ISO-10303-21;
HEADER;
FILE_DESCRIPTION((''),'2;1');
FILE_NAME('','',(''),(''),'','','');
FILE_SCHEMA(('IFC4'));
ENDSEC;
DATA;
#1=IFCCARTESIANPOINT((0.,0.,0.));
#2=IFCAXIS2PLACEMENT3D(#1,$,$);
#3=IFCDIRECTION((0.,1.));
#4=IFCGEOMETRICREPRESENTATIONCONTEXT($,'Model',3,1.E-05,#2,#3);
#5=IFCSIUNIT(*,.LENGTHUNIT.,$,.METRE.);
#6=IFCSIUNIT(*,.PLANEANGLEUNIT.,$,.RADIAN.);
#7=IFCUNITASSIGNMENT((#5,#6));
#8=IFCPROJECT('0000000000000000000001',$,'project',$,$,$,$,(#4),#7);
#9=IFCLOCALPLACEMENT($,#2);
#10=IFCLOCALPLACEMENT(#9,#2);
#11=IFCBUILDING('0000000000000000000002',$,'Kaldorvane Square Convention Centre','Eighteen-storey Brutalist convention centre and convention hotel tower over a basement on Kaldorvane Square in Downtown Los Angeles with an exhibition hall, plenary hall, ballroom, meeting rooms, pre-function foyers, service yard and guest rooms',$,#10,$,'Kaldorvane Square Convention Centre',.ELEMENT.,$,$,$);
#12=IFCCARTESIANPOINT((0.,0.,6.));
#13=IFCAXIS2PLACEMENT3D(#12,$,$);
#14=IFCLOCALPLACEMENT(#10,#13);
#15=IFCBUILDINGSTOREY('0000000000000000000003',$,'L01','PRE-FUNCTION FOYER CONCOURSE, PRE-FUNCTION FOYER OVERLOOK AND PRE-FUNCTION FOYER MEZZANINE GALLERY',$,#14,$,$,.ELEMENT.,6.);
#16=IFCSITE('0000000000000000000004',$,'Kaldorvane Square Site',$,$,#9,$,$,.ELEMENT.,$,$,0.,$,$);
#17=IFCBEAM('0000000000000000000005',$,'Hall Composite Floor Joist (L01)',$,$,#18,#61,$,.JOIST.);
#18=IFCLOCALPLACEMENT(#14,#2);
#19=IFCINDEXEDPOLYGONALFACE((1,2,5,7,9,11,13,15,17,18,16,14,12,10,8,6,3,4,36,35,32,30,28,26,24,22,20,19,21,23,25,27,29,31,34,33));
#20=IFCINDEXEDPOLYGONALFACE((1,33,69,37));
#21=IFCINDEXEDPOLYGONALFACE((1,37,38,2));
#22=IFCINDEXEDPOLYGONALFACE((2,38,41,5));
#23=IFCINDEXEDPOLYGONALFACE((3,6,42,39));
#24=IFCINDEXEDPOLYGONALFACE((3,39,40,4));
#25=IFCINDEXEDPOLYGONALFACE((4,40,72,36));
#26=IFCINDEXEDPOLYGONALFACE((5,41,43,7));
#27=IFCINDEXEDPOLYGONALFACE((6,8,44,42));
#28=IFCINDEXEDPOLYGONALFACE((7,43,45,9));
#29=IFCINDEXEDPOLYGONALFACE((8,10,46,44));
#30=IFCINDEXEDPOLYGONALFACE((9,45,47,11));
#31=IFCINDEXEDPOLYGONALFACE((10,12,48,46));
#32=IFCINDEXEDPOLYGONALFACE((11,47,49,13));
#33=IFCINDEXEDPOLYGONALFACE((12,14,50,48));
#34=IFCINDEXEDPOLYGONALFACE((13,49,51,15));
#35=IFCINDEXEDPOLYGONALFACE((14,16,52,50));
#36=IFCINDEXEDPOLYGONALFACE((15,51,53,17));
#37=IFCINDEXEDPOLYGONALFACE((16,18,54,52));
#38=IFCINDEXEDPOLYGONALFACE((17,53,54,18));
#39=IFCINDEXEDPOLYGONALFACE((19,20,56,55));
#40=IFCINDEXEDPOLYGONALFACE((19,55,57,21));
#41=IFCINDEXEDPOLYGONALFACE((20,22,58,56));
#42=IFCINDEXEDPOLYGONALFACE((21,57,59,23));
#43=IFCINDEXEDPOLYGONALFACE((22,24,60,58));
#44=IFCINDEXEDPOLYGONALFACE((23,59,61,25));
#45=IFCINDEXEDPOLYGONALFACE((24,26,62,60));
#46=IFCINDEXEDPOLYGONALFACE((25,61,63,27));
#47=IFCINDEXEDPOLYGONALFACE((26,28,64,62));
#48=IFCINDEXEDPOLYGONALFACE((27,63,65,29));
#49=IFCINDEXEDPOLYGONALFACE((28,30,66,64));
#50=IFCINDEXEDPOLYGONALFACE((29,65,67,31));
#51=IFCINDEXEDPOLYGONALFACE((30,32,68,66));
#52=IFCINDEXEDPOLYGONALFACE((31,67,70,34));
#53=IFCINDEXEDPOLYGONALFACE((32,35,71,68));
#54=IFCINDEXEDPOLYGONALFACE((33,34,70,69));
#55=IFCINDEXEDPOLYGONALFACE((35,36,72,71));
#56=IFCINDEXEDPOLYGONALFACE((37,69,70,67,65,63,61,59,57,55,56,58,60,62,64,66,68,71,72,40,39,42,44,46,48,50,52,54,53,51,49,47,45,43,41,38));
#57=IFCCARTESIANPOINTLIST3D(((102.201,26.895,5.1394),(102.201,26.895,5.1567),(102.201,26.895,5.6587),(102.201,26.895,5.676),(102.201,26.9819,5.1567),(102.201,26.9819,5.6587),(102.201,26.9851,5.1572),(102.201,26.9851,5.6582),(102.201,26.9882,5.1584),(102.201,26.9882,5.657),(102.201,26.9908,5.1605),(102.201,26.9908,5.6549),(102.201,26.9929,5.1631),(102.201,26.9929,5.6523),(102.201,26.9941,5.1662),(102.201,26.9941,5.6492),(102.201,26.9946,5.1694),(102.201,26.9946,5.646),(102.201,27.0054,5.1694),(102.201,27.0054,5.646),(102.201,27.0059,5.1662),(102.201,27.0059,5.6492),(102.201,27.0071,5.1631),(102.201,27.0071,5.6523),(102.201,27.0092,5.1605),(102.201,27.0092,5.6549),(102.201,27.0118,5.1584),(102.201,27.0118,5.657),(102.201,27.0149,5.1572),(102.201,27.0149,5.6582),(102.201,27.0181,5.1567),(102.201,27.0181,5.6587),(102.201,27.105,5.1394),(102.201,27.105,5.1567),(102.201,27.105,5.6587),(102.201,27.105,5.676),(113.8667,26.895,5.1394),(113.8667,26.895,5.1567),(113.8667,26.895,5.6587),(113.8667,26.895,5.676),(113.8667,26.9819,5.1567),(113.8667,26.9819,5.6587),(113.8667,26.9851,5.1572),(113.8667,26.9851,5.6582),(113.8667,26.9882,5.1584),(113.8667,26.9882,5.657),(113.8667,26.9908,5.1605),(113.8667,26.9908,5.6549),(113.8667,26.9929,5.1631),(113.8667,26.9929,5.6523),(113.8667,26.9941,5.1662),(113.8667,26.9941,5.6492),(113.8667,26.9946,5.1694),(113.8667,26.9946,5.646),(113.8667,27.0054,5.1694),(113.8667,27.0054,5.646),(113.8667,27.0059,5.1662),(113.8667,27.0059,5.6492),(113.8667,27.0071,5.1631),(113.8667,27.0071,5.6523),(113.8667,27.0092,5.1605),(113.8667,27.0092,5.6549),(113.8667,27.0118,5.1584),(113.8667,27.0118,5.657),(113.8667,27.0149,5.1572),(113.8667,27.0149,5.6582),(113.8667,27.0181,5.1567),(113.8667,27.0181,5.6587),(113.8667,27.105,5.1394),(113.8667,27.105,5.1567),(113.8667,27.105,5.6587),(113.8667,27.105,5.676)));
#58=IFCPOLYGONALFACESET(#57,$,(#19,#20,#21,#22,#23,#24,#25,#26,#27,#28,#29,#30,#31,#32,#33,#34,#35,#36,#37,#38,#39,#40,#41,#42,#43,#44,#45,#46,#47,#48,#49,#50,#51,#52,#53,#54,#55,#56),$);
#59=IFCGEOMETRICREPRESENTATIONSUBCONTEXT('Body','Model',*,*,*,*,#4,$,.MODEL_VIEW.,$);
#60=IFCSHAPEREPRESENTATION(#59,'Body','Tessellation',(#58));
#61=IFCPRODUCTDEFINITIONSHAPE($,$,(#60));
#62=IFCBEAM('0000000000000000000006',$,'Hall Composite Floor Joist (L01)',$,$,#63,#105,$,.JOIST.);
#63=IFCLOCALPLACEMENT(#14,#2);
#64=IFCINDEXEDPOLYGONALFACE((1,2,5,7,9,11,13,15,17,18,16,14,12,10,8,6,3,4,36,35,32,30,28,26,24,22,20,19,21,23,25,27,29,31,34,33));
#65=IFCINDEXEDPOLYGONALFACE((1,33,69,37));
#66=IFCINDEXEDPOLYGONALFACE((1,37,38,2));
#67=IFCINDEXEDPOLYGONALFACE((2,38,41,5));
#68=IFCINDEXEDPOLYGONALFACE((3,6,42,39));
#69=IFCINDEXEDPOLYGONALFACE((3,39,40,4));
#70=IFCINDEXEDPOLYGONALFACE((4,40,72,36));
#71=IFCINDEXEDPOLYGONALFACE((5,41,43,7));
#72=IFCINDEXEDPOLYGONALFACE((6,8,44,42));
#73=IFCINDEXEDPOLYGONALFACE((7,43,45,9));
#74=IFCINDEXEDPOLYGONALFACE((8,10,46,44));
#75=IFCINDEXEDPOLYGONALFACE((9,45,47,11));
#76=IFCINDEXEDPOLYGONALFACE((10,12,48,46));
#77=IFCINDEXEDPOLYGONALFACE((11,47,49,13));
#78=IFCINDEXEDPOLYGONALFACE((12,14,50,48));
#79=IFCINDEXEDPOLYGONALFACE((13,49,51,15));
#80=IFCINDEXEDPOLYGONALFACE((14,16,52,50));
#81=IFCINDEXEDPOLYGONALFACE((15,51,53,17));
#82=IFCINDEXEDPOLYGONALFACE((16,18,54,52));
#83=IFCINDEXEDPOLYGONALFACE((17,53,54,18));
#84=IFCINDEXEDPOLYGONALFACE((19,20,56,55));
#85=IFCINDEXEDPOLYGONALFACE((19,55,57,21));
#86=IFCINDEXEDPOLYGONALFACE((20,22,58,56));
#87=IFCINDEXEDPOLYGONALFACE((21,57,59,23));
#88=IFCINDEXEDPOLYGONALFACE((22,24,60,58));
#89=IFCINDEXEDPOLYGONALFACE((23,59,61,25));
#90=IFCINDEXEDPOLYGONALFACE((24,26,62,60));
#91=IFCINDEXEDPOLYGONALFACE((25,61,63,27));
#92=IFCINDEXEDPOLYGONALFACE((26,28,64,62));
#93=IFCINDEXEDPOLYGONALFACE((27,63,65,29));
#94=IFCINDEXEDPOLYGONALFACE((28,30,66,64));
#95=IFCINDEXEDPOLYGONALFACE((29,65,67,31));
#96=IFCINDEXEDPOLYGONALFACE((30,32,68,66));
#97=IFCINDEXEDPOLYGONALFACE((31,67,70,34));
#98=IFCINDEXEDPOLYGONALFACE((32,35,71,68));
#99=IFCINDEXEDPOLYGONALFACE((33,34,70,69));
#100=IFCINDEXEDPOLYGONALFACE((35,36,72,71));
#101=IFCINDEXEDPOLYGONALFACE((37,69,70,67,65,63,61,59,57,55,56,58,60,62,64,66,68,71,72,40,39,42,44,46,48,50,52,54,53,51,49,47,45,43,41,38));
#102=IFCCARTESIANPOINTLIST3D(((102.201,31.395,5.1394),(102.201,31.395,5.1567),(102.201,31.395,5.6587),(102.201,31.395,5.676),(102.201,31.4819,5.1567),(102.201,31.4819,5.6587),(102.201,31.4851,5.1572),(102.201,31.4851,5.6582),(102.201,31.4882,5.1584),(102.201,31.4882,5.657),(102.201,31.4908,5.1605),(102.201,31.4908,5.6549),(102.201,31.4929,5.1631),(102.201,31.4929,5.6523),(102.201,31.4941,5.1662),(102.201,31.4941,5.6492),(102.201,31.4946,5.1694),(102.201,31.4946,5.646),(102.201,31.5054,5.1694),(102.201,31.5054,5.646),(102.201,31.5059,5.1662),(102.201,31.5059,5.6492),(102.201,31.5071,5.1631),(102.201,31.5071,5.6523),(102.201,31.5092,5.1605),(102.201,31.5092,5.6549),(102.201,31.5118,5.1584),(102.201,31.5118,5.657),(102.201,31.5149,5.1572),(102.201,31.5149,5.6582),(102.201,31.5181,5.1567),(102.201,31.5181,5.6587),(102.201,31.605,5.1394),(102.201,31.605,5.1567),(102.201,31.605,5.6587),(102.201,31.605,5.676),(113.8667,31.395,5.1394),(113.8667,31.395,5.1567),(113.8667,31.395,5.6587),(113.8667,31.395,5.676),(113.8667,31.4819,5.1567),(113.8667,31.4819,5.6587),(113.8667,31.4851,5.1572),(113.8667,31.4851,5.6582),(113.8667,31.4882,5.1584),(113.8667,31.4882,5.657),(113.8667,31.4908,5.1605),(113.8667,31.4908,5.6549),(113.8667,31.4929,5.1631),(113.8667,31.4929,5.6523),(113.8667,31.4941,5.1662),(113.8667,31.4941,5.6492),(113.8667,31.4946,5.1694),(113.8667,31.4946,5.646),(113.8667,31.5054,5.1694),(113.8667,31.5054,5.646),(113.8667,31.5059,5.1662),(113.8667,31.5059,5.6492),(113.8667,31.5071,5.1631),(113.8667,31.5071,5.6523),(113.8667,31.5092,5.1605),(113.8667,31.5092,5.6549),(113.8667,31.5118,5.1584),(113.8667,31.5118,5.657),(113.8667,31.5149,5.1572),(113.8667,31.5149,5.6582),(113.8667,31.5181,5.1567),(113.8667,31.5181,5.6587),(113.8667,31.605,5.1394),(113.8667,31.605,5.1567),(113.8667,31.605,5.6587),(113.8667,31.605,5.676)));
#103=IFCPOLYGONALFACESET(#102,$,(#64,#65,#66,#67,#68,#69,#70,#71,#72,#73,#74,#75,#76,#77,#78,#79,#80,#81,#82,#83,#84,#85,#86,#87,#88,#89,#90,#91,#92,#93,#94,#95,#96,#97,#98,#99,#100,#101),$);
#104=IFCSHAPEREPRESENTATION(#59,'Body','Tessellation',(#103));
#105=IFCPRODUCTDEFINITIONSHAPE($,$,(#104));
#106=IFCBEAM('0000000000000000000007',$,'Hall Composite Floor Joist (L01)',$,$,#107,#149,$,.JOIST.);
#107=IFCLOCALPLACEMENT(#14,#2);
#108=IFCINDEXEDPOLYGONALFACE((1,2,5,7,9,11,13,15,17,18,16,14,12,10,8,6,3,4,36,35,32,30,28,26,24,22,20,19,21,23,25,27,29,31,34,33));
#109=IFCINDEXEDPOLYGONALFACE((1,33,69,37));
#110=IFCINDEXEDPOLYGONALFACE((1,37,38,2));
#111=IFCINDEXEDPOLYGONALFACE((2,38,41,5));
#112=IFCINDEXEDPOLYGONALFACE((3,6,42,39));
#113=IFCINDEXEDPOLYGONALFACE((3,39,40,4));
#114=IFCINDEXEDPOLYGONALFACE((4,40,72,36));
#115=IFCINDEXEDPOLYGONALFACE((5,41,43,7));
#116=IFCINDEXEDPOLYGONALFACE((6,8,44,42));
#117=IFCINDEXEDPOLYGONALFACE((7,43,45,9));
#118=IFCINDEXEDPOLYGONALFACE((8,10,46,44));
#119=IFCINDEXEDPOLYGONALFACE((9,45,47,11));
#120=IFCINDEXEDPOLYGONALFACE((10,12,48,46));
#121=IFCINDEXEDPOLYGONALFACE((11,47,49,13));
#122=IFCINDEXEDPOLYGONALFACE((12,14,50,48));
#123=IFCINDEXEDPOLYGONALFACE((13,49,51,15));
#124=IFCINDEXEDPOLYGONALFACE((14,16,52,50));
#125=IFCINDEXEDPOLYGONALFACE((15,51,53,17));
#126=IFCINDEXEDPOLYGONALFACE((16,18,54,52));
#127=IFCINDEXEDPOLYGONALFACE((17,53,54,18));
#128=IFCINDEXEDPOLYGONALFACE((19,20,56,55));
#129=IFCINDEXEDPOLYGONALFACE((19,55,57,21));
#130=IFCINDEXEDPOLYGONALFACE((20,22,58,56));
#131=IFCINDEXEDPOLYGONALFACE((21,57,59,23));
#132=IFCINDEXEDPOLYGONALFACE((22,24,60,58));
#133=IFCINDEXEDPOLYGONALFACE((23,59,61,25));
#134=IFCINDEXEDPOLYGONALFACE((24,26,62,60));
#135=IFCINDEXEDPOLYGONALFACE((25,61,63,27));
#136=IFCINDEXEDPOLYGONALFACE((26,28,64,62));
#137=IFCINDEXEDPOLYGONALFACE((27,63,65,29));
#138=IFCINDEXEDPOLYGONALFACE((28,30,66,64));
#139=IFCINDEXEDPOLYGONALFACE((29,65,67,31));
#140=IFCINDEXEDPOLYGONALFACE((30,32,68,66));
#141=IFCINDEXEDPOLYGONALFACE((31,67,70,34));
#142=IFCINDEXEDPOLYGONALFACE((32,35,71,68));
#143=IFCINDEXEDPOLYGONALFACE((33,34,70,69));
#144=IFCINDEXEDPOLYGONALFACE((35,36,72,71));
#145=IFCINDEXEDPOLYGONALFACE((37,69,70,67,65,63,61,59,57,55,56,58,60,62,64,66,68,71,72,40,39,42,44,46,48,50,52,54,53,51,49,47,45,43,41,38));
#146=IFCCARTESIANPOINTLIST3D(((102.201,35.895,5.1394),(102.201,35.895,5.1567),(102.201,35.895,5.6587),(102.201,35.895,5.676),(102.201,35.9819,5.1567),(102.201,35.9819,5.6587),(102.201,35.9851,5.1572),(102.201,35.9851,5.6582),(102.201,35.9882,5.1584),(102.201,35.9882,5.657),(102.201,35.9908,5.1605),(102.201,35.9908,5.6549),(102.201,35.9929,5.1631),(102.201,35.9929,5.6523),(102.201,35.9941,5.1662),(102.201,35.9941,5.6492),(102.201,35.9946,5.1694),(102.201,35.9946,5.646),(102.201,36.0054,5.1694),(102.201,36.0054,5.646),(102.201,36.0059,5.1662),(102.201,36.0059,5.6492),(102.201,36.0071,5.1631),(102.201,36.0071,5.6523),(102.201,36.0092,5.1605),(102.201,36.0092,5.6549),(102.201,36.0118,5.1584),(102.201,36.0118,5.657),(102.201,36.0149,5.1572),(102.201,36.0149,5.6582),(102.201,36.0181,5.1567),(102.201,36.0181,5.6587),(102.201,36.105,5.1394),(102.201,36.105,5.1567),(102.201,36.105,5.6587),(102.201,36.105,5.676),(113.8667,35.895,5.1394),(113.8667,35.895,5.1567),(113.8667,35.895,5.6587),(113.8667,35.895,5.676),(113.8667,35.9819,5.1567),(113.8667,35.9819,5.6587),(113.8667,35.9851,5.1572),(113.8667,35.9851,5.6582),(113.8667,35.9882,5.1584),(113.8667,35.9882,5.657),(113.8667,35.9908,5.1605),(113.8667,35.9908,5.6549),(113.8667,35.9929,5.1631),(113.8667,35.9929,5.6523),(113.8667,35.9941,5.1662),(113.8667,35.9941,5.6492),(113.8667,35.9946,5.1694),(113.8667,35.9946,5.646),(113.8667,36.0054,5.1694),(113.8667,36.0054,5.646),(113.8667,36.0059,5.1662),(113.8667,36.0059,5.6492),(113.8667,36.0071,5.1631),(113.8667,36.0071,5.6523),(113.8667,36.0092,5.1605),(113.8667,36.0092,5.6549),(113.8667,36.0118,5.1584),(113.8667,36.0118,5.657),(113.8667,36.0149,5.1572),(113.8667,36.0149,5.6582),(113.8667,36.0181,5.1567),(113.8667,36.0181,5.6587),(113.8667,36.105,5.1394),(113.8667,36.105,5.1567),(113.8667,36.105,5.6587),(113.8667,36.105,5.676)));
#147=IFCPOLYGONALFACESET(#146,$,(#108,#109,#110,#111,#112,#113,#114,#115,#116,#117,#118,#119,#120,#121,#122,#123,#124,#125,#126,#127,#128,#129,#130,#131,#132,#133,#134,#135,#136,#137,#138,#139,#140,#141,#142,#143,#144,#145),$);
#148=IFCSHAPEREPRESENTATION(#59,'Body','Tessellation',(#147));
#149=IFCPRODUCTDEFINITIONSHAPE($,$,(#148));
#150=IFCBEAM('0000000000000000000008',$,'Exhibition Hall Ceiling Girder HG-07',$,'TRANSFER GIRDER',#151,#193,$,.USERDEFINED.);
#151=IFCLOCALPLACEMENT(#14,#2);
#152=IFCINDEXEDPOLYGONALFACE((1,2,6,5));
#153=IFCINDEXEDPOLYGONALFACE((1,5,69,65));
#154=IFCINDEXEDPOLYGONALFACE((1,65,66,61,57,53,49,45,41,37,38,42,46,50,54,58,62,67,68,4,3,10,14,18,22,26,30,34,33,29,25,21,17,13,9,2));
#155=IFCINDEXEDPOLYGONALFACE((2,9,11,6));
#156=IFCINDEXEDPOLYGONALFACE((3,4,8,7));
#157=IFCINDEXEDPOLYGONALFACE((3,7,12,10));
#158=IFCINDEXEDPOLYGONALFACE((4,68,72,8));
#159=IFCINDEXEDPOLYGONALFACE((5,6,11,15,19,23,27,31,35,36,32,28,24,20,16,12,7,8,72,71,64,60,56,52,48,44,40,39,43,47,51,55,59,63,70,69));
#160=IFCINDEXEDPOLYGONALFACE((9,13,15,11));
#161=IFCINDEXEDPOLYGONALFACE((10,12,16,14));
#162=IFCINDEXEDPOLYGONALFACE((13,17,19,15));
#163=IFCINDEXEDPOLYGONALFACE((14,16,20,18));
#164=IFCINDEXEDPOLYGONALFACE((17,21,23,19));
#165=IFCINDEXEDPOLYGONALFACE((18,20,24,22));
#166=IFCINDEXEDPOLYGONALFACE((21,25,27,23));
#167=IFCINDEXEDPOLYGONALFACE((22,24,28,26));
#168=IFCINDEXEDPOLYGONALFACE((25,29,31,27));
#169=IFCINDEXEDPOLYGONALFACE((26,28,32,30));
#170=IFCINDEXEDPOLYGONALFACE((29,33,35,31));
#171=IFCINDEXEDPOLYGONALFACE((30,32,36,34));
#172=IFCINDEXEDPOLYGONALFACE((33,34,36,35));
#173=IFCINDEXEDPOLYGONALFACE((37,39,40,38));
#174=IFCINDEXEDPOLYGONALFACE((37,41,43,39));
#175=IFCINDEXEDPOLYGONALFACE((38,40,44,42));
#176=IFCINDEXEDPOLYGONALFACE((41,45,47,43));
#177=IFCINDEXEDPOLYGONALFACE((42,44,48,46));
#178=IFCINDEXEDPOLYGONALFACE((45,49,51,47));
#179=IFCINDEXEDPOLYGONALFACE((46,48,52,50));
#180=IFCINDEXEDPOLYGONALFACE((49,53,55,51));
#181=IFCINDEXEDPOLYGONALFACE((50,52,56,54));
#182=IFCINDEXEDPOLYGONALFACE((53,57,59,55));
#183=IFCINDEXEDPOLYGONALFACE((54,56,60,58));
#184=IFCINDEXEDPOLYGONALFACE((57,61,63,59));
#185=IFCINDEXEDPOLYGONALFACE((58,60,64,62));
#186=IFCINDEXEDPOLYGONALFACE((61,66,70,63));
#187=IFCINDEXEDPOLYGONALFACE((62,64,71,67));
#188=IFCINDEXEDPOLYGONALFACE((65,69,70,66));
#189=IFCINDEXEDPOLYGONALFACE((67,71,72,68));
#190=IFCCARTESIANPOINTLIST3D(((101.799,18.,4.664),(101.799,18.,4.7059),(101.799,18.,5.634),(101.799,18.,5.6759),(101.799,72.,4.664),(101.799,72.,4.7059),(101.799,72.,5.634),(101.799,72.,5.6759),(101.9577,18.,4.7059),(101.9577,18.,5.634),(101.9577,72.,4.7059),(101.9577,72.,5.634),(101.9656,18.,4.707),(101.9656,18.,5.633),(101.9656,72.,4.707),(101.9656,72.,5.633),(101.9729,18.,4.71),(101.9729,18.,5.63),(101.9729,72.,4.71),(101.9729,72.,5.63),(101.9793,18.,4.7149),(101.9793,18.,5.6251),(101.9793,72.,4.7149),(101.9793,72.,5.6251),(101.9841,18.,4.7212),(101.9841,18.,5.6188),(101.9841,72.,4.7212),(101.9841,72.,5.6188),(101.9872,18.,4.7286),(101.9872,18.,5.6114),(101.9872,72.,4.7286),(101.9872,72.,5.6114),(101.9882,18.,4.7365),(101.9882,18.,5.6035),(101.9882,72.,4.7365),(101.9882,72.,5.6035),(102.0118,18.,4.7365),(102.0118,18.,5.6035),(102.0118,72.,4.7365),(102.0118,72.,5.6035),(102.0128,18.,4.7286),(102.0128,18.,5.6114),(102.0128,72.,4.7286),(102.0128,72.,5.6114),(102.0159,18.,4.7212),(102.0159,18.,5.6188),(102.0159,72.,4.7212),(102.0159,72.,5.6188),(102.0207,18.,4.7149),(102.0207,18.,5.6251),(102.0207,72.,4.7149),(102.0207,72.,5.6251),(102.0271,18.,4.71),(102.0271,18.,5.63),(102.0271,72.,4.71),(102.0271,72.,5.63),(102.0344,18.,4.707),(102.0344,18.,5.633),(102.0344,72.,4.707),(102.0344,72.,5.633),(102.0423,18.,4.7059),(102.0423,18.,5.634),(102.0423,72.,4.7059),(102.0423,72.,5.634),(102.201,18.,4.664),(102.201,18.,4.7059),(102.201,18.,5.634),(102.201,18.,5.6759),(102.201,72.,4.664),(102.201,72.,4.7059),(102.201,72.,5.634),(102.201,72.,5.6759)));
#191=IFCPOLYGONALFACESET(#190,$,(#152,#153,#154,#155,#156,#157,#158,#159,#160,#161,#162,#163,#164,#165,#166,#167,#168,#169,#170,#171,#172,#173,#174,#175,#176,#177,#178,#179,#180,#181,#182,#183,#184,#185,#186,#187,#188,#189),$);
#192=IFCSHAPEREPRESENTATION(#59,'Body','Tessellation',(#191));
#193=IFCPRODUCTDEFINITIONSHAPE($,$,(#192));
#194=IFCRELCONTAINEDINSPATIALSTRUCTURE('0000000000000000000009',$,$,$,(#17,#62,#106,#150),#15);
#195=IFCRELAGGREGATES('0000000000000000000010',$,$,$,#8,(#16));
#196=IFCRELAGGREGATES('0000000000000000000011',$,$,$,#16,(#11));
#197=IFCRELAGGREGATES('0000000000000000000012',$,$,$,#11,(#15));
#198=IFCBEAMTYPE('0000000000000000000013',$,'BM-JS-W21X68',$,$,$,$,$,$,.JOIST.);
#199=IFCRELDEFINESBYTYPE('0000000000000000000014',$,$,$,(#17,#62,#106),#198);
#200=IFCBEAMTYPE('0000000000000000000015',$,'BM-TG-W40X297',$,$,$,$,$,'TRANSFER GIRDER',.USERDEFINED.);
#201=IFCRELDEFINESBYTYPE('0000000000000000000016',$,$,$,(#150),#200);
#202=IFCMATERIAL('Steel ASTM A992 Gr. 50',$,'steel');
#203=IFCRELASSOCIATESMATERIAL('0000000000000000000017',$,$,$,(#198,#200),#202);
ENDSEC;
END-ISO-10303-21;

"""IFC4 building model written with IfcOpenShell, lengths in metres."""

from ifc_helpers import new_model, si_unit, direction, frame, origin, origin_2d, place, context, subcontext, project, spatial, i_section, extrude, material, material_profile, profile_set, type_object, element, save


model = new_model("IFC4")

# Units and contexts
model_context = context("Model", 3, precision=1e-05, world=origin(), true_north=direction((0.0, 1.0)))
body_context = subcontext(model_context, "Body", "Model", "MODEL_VIEW")
ifc_project = project(units=[si_unit("LENGTHUNIT", "METRE"), si_unit("PLANEANGLEUNIT", "RADIAN")], contexts=[model_context])

# Site, building, storey
site_placement = place(None, origin())
site = spatial("IfcSite", under=ifc_project, at=site_placement, Name="Kaldorvane Square Site", CompositionType="ELEMENT", RefElevation=0.0)
building_placement = place(site_placement, origin())
building = spatial("IfcBuilding", under=site, at=building_placement, Name="Kaldorvane Square Convention Centre", Description="Eighteen-storey Brutalist convention centre and convention hotel tower over a basement on Kaldorvane Square in Downtown Los Angeles with an exhibition hall, plenary hall, ballroom, meeting rooms, pre-function foyers, service yard and guest rooms", LongName="Kaldorvane Square Convention Centre", CompositionType="ELEMENT")
storey_placement = place(building_placement, frame((0.0, 0.0, 6.0)))
storey = spatial("IfcBuildingStorey", under=building, at=storey_placement, Name="L01", Description="PRE-FUNCTION FOYER CONCOURSE, PRE-FUNCTION FOYER OVERLOOK AND PRE-FUNCTION FOYER MEZZANINE GALLERY", CompositionType="ELEMENT", Elevation=6.0)

# Shared definitions
ifc_material_1 = material(Name="Steel ASTM A992 Gr. 50", Category="steel")

# Beams
ifc_material_profile_1 = material_profile(ifc_material_1, i_section(OverallWidth=0.2101, OverallDepth=0.5367, WebThickness=0.0109, FlangeThickness=0.0174, FilletRadius=0.0127, at=origin_2d()), Name="W21X68")
ifc_profile_set_1 = profile_set([ifc_material_profile_1], Name="Steel ASTM A992 Gr. 50")
beam_type_1 = type_object("IfcBeamType", Name="BM-JS-W21X68", PredefinedType="JOIST", material=ifc_profile_set_1)
for number, where, z_axis, x_axis, name in (
    (1, (102.201, 27.0, 5.4077), (1.0, 0.0, 0.0), (0.0, 1.0, 0.0), "Hall Composite Floor Joist (L01)"),
    (2, (102.201, 31.5, 5.4077), (1.0, 0.0, 0.0), (0.0, 1.0, 0.0), "Hall Composite Floor Joist (L01)"),
    (3, (102.201, 36.0, 5.4077), (1.0, 0.0, 0.0), (0.0, 1.0, 0.0), "Hall Composite Floor Joist (L01)"),
):
    element("IfcBeam", number, at=place(storey_placement, frame(where, z_axis=z_axis, x_axis=x_axis)), inside=storey, type_object=beam_type_1, Name=name, PredefinedType="JOIST", context=body_context, shape_type="SweptSolid", body=[
        extrude(i_section(OverallWidth=0.2101, OverallDepth=0.5367, WebThickness=0.0109, FlangeThickness=0.0174, FilletRadius=0.0127, at=origin_2d()), origin(), (0.0, 0.0, 1.0), 11.6657),
    ])
ifc_material_profile_2 = material_profile(ifc_material_1, i_section(OverallWidth=0.4019, OverallDepth=1.0119, WebThickness=0.0236, FlangeThickness=0.0419, FilletRadius=0.0305, at=origin_2d()), Name="W40X297")
ifc_profile_set_2 = profile_set([ifc_material_profile_2], Name="Steel ASTM A992 Gr. 50")
beam_type_2 = type_object("IfcBeamType", Name="BM-TG-W40X297", ElementType="TRANSFER GIRDER", PredefinedType="USERDEFINED", material=ifc_profile_set_2)
beam_placement = place(storey_placement, frame((102.0, 18.0, 5.17), z_axis=(0.0, 1.0, 0.0), x_axis=(-1.0, 0.0, 0.0)))
element("IfcBeam", 4, at=beam_placement, inside=storey, type_object=beam_type_2, Name="Exhibition Hall Ceiling Girder HG-07", ObjectType="TRANSFER GIRDER", PredefinedType="USERDEFINED", context=body_context, shape_type="SweptSolid", body=[
    extrude(i_section(OverallWidth=0.4019, OverallDepth=1.0119, WebThickness=0.0236, FlangeThickness=0.0419, FilletRadius=0.0305, at=origin_2d()), origin(), (0.0, 0.0, 1.0), 54.0),
])

save(model, "model.ifc")
